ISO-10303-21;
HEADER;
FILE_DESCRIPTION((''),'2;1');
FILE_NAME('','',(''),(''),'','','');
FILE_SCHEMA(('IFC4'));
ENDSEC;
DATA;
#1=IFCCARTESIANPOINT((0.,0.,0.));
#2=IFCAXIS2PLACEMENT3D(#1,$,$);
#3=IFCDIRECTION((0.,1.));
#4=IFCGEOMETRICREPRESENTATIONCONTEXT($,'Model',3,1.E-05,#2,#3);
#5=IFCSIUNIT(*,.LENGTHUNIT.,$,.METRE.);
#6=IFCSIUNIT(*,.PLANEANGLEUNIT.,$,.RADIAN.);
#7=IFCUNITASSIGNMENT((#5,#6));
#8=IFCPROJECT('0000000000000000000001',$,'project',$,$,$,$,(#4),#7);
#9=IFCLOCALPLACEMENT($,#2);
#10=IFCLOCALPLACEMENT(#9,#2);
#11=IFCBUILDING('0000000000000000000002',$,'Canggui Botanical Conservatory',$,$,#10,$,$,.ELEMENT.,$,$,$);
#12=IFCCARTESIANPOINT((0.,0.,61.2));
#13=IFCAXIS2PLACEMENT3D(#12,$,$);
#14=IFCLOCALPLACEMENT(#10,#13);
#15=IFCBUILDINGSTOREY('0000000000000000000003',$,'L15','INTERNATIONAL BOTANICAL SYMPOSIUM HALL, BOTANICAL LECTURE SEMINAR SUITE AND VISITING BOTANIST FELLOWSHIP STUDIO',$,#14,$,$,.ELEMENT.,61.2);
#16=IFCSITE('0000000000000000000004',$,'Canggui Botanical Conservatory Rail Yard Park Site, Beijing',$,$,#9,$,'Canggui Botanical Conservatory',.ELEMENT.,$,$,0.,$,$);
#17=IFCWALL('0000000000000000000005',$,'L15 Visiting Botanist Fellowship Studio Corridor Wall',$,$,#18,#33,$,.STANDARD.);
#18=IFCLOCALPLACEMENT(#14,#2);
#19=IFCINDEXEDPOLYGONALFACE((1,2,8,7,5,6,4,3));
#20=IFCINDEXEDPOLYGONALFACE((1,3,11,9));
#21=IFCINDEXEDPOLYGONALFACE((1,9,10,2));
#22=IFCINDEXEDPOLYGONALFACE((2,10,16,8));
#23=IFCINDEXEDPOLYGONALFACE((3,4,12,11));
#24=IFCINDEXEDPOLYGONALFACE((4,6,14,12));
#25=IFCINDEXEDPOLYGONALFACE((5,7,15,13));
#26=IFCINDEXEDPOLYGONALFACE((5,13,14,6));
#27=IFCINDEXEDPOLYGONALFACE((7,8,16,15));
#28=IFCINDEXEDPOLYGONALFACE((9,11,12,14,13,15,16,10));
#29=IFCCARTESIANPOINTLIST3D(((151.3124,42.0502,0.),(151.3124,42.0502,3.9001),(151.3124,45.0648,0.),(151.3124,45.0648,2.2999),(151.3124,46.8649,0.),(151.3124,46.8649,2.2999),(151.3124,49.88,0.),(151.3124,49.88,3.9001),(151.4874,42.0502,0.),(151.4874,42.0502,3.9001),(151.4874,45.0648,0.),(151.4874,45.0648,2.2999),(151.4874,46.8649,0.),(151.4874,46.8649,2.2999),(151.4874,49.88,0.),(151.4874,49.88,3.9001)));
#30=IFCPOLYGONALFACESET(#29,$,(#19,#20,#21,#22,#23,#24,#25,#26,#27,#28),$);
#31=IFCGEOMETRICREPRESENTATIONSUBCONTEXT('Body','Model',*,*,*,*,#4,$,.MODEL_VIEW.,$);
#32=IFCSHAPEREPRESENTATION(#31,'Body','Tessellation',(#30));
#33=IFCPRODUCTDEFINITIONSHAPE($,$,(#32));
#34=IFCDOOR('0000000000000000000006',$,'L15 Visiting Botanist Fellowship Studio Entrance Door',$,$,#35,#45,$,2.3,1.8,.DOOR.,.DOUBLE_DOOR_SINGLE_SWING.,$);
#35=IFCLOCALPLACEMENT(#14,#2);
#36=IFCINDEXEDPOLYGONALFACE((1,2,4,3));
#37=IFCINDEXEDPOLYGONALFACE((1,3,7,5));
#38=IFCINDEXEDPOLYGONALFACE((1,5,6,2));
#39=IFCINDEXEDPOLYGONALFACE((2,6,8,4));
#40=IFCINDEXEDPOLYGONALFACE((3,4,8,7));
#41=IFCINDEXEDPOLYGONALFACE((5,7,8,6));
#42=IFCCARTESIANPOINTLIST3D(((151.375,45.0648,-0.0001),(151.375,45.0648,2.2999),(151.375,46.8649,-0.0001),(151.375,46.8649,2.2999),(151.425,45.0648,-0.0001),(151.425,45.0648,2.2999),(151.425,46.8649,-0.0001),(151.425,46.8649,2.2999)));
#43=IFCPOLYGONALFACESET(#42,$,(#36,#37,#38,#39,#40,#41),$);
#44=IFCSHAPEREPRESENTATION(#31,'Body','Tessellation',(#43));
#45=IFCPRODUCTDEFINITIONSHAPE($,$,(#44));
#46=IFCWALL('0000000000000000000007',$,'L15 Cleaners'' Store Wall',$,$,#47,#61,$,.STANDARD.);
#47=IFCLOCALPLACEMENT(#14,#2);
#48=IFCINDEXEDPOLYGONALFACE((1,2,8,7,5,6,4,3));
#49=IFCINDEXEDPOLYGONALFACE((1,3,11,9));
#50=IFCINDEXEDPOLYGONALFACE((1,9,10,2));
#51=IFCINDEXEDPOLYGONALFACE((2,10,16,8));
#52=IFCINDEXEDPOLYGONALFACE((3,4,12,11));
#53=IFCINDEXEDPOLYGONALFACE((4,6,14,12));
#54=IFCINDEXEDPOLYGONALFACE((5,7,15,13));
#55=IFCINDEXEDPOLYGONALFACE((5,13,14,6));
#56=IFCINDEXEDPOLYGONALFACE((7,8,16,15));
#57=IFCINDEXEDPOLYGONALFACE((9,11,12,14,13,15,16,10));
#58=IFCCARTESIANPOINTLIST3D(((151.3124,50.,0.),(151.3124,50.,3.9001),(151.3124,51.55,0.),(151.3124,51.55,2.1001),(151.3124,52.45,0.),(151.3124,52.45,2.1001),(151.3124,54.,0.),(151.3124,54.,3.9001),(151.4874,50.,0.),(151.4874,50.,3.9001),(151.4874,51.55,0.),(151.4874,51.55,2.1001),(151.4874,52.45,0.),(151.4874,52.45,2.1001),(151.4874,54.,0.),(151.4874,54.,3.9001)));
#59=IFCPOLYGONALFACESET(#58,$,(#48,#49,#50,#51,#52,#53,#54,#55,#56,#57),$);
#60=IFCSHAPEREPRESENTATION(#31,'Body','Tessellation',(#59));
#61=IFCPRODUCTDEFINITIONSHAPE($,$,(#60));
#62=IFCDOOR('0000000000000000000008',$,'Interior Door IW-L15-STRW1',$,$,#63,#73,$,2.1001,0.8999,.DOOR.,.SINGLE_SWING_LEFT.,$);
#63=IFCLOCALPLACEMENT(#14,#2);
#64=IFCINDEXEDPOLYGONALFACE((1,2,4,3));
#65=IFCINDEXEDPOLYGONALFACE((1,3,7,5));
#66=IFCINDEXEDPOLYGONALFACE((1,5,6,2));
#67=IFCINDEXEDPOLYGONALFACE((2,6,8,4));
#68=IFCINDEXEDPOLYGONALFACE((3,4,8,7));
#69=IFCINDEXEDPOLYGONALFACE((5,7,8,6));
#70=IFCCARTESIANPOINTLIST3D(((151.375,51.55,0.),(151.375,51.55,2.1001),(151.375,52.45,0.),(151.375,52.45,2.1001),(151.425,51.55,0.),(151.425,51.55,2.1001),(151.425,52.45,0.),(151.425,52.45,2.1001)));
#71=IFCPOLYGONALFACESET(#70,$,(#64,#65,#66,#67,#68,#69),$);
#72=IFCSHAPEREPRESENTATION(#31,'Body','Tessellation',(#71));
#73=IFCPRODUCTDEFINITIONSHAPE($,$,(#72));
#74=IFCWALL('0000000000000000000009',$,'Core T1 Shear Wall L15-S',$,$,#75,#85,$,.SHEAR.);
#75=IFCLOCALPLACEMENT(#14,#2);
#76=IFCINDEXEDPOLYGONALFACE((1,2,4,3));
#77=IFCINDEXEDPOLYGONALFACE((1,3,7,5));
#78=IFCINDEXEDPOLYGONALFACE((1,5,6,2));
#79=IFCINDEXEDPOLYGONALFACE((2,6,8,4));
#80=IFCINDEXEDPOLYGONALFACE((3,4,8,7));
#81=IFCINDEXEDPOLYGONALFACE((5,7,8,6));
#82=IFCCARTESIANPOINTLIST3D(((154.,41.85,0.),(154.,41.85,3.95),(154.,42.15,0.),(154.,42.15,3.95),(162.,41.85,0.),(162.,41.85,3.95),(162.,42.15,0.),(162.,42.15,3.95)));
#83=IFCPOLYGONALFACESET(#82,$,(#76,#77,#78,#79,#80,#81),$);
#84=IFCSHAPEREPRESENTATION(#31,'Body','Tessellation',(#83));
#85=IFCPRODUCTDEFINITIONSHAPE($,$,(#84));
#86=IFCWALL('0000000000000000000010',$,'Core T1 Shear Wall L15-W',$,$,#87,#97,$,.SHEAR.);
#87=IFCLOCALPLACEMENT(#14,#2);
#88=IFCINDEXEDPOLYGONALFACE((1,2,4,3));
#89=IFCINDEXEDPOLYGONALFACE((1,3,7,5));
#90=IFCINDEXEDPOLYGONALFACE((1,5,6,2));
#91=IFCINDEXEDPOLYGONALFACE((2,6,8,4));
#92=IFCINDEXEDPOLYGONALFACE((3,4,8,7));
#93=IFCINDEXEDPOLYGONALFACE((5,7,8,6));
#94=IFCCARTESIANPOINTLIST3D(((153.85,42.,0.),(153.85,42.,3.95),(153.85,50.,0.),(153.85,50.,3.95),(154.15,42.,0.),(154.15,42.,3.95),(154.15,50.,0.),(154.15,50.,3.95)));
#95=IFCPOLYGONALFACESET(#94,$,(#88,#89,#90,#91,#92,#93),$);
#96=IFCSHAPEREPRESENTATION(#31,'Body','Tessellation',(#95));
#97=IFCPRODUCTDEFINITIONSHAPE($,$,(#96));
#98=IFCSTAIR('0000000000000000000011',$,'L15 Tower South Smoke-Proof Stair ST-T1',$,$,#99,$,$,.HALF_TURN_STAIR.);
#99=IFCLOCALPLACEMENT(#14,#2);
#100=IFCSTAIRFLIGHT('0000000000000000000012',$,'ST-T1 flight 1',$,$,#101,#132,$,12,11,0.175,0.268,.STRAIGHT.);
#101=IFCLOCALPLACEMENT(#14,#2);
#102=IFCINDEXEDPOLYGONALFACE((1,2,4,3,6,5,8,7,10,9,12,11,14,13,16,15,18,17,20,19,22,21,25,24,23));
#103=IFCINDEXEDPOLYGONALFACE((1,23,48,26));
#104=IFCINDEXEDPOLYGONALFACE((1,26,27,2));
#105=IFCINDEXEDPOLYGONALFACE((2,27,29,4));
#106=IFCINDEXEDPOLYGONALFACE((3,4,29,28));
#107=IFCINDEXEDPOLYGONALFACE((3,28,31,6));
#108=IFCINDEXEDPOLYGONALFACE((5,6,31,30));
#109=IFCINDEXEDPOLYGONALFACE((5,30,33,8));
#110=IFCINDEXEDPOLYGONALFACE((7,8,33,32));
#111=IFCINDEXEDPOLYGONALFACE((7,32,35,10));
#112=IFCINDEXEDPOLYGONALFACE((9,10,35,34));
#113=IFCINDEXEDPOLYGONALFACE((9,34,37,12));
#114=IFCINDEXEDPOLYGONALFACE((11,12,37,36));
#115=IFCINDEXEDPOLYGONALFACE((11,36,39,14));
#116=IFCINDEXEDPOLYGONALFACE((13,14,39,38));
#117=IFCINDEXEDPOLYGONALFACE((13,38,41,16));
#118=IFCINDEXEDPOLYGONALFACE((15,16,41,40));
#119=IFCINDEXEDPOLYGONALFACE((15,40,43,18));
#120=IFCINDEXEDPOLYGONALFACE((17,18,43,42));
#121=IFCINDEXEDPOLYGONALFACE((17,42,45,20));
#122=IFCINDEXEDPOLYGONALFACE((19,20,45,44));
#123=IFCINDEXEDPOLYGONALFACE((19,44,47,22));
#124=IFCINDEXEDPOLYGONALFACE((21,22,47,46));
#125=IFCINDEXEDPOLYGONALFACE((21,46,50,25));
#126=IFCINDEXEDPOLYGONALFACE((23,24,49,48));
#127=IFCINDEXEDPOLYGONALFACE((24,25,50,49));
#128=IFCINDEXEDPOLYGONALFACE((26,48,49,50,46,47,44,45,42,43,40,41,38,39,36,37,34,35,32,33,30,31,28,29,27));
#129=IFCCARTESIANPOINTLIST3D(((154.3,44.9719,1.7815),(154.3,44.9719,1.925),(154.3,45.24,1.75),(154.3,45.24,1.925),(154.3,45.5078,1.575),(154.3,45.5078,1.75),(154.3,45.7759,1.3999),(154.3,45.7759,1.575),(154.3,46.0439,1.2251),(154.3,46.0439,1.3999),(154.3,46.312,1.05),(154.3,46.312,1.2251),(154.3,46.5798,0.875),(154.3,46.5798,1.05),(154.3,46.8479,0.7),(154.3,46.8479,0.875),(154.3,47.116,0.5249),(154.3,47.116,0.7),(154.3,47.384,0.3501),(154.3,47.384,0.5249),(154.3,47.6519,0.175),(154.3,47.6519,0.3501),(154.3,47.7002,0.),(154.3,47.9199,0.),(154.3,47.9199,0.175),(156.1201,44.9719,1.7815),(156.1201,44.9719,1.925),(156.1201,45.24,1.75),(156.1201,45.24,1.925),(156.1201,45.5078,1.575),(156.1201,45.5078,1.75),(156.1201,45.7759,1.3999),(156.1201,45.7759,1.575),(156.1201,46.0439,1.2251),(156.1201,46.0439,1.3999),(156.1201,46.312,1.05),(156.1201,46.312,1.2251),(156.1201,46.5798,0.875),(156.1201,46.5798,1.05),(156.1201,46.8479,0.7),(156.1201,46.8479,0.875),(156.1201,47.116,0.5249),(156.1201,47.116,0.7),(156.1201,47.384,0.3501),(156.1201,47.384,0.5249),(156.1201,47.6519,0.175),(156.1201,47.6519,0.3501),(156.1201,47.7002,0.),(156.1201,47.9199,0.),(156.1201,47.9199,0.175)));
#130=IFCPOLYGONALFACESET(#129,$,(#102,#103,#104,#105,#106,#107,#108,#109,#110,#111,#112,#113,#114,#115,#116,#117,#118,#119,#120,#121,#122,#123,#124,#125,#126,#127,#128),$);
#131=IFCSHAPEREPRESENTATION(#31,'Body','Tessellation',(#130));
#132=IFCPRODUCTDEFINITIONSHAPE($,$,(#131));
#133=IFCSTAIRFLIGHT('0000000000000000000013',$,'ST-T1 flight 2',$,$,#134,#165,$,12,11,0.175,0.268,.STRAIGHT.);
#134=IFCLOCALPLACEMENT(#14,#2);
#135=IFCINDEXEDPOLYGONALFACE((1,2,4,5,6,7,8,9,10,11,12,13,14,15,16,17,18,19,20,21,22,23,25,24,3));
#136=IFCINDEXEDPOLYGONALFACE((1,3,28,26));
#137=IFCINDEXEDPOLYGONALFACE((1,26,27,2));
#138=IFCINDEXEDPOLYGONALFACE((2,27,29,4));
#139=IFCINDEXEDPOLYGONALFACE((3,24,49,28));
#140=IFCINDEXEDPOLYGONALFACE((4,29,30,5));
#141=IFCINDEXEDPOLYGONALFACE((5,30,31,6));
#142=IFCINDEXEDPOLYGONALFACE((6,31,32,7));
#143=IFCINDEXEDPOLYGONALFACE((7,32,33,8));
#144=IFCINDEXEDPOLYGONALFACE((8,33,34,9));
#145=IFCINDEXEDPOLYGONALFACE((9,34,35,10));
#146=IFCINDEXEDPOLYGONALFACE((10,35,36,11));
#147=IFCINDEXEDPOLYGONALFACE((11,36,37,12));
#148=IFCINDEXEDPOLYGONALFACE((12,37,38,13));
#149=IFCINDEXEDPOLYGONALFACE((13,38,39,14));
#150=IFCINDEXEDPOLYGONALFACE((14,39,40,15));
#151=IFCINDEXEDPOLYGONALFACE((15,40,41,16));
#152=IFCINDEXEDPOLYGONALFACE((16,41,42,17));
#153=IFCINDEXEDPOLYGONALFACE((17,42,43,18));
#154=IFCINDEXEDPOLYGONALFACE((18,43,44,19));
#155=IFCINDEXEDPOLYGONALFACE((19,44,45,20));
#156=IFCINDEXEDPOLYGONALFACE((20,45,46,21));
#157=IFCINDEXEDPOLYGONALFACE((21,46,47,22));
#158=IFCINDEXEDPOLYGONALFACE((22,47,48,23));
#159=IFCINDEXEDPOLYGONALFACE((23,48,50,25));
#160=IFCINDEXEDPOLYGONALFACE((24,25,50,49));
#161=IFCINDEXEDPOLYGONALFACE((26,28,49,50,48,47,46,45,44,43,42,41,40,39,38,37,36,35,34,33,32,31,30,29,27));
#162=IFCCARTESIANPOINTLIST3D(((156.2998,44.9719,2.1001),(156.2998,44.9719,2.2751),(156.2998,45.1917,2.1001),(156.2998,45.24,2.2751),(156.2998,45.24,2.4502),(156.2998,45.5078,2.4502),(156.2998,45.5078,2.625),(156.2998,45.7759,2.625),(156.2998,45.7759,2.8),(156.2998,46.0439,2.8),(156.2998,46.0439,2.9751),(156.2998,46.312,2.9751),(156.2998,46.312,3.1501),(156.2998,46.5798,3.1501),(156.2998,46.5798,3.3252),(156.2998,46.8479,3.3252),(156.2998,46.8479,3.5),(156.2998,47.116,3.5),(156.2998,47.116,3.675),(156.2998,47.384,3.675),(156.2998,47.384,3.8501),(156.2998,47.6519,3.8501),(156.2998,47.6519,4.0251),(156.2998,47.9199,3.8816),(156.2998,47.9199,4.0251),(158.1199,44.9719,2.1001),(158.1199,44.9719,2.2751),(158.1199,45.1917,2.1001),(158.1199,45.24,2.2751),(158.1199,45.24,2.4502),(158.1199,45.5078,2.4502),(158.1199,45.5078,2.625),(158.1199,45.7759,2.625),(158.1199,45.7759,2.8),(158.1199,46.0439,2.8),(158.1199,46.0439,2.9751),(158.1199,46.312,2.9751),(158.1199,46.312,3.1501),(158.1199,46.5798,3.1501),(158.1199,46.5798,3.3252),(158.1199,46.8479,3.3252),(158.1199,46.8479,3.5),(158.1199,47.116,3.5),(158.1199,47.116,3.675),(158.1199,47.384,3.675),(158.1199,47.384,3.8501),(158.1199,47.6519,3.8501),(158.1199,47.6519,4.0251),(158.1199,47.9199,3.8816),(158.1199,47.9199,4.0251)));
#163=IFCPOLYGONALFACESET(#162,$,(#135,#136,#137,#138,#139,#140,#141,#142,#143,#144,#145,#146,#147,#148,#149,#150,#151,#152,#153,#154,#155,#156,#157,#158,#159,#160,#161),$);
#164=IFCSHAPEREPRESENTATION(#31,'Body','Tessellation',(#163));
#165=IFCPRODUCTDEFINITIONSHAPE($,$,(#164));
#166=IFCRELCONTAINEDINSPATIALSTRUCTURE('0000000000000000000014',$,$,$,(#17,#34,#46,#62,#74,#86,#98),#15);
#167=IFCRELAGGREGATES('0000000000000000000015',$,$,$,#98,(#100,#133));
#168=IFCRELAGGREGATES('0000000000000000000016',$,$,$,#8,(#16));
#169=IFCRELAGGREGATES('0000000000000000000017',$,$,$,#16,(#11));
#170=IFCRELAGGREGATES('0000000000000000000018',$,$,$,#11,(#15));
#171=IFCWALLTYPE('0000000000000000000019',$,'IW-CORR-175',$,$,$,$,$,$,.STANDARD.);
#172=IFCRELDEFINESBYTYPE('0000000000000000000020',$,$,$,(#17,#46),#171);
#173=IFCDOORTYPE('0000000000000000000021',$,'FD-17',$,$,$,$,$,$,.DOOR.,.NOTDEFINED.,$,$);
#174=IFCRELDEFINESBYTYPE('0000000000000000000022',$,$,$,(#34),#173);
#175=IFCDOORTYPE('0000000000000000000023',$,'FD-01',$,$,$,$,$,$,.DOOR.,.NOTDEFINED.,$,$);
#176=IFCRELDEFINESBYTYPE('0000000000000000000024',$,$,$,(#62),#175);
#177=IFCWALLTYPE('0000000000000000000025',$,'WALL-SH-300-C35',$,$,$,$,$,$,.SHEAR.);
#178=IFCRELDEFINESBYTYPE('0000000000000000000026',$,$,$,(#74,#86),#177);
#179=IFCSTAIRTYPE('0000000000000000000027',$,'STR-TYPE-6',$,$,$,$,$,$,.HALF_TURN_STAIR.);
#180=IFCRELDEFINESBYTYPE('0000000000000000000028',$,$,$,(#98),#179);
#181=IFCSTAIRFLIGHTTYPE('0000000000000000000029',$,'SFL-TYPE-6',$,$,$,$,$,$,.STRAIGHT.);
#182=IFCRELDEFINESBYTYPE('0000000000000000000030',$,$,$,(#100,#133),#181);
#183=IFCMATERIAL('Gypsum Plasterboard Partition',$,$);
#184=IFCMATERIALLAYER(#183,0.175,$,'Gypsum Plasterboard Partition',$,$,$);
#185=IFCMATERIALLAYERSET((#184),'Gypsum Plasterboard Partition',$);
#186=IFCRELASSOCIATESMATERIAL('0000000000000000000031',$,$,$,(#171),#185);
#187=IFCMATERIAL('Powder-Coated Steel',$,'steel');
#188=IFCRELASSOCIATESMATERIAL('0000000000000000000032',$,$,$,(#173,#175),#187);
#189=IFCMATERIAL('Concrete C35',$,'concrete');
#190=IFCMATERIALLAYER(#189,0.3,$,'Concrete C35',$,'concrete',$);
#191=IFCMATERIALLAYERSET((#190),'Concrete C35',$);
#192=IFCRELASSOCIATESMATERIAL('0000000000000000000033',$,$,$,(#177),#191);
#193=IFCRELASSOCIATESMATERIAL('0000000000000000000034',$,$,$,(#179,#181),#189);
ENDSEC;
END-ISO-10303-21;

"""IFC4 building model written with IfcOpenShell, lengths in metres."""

from ifc_helpers import new_model, si_unit, direction, frame, frame_2d, origin, place, context, subcontext, project, spatial, polyline, rectangle, outline, extrude, material, layer, layer_set, type_object, element, fill, aggregate, save


model = new_model("IFC4")

# Units and contexts
model_context = context("Model", 3, precision=1e-05, world=origin(), true_north=direction((0.0, 1.0)))
body_context = subcontext(model_context, "Body", "Model", "MODEL_VIEW")
ifc_project = project(units=[si_unit("LENGTHUNIT", "METRE"), si_unit("PLANEANGLEUNIT", "RADIAN")], contexts=[model_context])

# Site, building, storey
site_placement = place(None, origin())
site = spatial("IfcSite", under=ifc_project, at=site_placement, Name="Canggui Botanical Conservatory Rail Yard Park Site, Beijing", LongName="Canggui Botanical Conservatory", CompositionType="ELEMENT", RefElevation=0.0)
building_placement = place(site_placement, origin())
building = spatial("IfcBuilding", under=site, at=building_placement, Name="Canggui Botanical Conservatory", CompositionType="ELEMENT")
storey_placement = place(building_placement, frame((0.0, 0.0, 61.2)))
storey = spatial("IfcBuildingStorey", under=building, at=storey_placement, Name="L15", Description="INTERNATIONAL BOTANICAL SYMPOSIUM HALL, BOTANICAL LECTURE SEMINAR SUITE AND VISITING BOTANIST FELLOWSHIP STUDIO", CompositionType="ELEMENT", Elevation=61.2)

# Shared definitions
ifc_material_1 = material(Name="Concrete C35", Category="concrete")

# Walls, openings, doors
ifc_material_2 = material(Name="Gypsum Plasterboard Partition")
ifc_layer_1 = layer(ifc_material_2, 0.175, Name="Gypsum Plasterboard Partition")
ifc_layer_set_1 = layer_set([ifc_layer_1], Name="Gypsum Plasterboard Partition")
wall_type_1 = type_object("IfcWallType", Name="IW-CORR-175", PredefinedType="STANDARD", material=ifc_layer_set_1)
wall_1_placement = place(storey_placement, frame((151.3999, 42.05, 0.0), z_axis=(0.0, 0.0, 1.0), x_axis=(0.0, 1.0, 0.0)))
wall_1 = element("IfcWall", 1, at=wall_1_placement, inside=storey, type_object=wall_type_1, Name="L15 Visiting Botanist Fellowship Studio Corridor Wall", PredefinedType="STANDARD", context=body_context, shape_type="SweptSolid", body=[
    extrude(rectangle(XDim=7.8298, YDim=0.175, at=frame_2d((3.915, 0.0))), origin(), (0.0, 0.0, 1.0), 3.9001),
])
opening_1_placement = place(wall_1_placement, frame((3.0149, 0.0, 0.0)))
opening_1 = element("IfcOpeningElement", 2, at=opening_1_placement, cuts=wall_1, PredefinedType="OPENING", context=body_context, shape_type="SweptSolid", body=[
    extrude(rectangle(XDim=1.8, YDim=2.3, at=frame_2d((0.8999, 1.1499))), frame((0.0, 0.0977, 0.0), z_axis=(0.0, -1.0, 0.0), x_axis=(1.0, 0.0, 0.0)), (0.0, 0.0, 1.0), 0.1951),
])
ifc_material_3 = material(Name="Powder-Coated Steel", Category="steel")
door_type_1 = type_object("IfcDoorType", Name="FD-17", OperationType="NOTDEFINED", PredefinedType="DOOR", material=ifc_material_3)
door_1_placement = place(opening_1_placement, origin())
door_1 = element("IfcDoor", 3, at=door_1_placement, inside=storey, type_object=door_type_1, Name="L15 Visiting Botanist Fellowship Studio Entrance Door", OperationType="DOUBLE_DOOR_SINGLE_SWING", OverallHeight=2.3, OverallWidth=1.8, PredefinedType="DOOR", context=body_context, shape_type="SweptSolid", body=[
    extrude(rectangle(XDim=1.8, YDim=2.3, at=frame_2d((0.8999, 1.1499))), frame((0.0, 0.0249, 0.0), z_axis=(0.0, -1.0, 0.0), x_axis=(1.0, 0.0, 0.0)), (0.0, 0.0, 1.0), 0.05),
])
fill(opening_1, door_1)
wall_2_placement = place(storey_placement, frame((151.3999, 50.0, 0.0), z_axis=(0.0, 0.0, 1.0), x_axis=(0.0, 1.0, 0.0)))
wall_2 = element("IfcWall", 4, at=wall_2_placement, inside=storey, type_object=wall_type_1, Name="L15 Cleaners' Store Wall", PredefinedType="STANDARD", context=body_context, shape_type="SweptSolid", body=[
    extrude(rectangle(XDim=4.0, YDim=0.175, at=frame_2d((2.0, 0.0))), origin(), (0.0, 0.0, 1.0), 3.9001),
])
opening_2_placement = place(wall_2_placement, frame((1.55, 0.0, 0.0)))
opening_2 = element("IfcOpeningElement", 5, at=opening_2_placement, cuts=wall_2, PredefinedType="OPENING", context=body_context, shape_type="SweptSolid", body=[
    extrude(rectangle(XDim=0.8999, YDim=2.1001, at=frame_2d((0.45, 1.05))), frame((0.0, 0.0977, 0.0), z_axis=(0.0, -1.0, 0.0), x_axis=(1.0, 0.0, 0.0)), (0.0, 0.0, 1.0), 0.1951),
])
door_type_2 = type_object("IfcDoorType", Name="FD-01", OperationType="NOTDEFINED", PredefinedType="DOOR", material=ifc_material_3)
door_2_placement = place(opening_2_placement, origin())
door_2 = element("IfcDoor", 6, at=door_2_placement, inside=storey, type_object=door_type_2, Name="Interior Door IW-L15-STRW1", OperationType="SINGLE_SWING_LEFT", OverallHeight=2.1001, OverallWidth=0.8999, PredefinedType="DOOR", context=body_context, shape_type="SweptSolid", body=[
    extrude(rectangle(XDim=0.8999, YDim=2.1001, at=frame_2d((0.45, 1.05))), frame((0.0, 0.0249, 0.0), z_axis=(0.0, -1.0, 0.0), x_axis=(1.0, 0.0, 0.0)), (0.0, 0.0, 1.0), 0.05),
])
fill(opening_2, door_2)

# Walls
ifc_layer_2 = layer(ifc_material_1, 0.3, Name="Concrete C35", Category="concrete")
ifc_layer_set_2 = layer_set([ifc_layer_2], Name="Concrete C35")
wall_type_2 = type_object("IfcWallType", Name="WALL-SH-300-C35", PredefinedType="SHEAR", material=ifc_layer_set_2)
for number, where, z_axis, x_axis, name in (
    (7, (154.0, 42.0, 0.0), (0.0, 0.0, 1.0), (1.0, 0.0, 0.0), "Core T1 Shear Wall L15-S"),
    (8, (154.0, 50.0, 0.0), (0.0, 0.0, 1.0), (0.0, -1.0, 0.0), "Core T1 Shear Wall L15-W"),
):
    element("IfcWall", number, at=place(storey_placement, frame(where, z_axis=z_axis, x_axis=x_axis)), inside=storey, type_object=wall_type_2, Name=name, PredefinedType="SHEAR", context=body_context, shape_type="SweptSolid", body=[
        extrude(rectangle(XDim=8.0, YDim=0.3, at=frame_2d((4.0, 0.0))), origin(), (0.0, 0.0, 1.0), 3.95),
    ])

# Stair, stair flights
stair_type = type_object("IfcStairType", Name="STR-TYPE-6", PredefinedType="HALF_TURN_STAIR", material=ifc_material_1)
stair_placement = place(storey_placement, origin())
stair = element("IfcStair", 9, at=stair_placement, inside=storey, type_object=stair_type, Name="L15 Tower South Smoke-Proof Stair ST-T1", PredefinedType="HALF_TURN_STAIR")
stair_flight_type = type_object("IfcStairFlightType", Name="SFL-TYPE-6", PredefinedType="STRAIGHT", material=ifc_material_1)
stair_flight_1_placement = place(storey_placement, frame((155.21, 47.9199, 0.0), z_axis=(0.0, 0.0, 1.0), x_axis=(0.0, -1.0, 0.0)))
stair_flight_1 = element("IfcStairFlight", 10, at=stair_flight_1_placement, type_object=stair_flight_type, Name="ST-T1 flight 1", NumberOfRisers=12, NumberOfTreads=11, PredefinedType="STRAIGHT", RiserHeight=0.175, TreadLength=0.268, context=body_context, shape_type="SweptSolid", body=[
    extrude(outline(polyline([(0.0, 0.0), (0.0, 0.175), (0.2681, 0.175), (0.2681, 0.3501), (0.5359, 0.3501), (0.5359, 0.5249), (0.804, 0.5249), (0.804, 0.7), (1.072, 0.7), (1.072, 0.875), (1.3401, 0.875), (1.3401, 1.05), (1.6079, 1.05), (1.6079, 1.2251), (1.876, 1.2251), (1.876, 1.3999), (2.144, 1.3999), (2.144, 1.575), (2.4121, 1.575), (2.4121, 1.75), (2.6799, 1.75), (2.6799, 1.925), (2.948, 1.925), (2.948, 2.1001), (2.948, 1.7815), (0.2197, 0.0), (0.0, 0.0)])), frame((0.0, 0.9102, 0.0), z_axis=(0.0, -1.0, 0.0), x_axis=(1.0, 0.0, 0.0)), (0.0, 0.0, 1.0), 1.8201),
])
stair_flight_2_placement = place(storey_placement, frame((157.21, 44.9719, 2.1001), z_axis=(0.0, 0.0, 1.0), x_axis=(0.0, 1.0, 0.0)))
stair_flight_2 = element("IfcStairFlight", 11, at=stair_flight_2_placement, type_object=stair_flight_type, Name="ST-T1 flight 2", NumberOfRisers=12, NumberOfTreads=11, PredefinedType="STRAIGHT", RiserHeight=0.175, TreadLength=0.268, context=body_context, shape_type="SweptSolid", body=[
    extrude(outline(polyline([(0.0, 0.0), (0.0, 0.175), (0.2681, 0.175), (0.2681, 0.3501), (0.5359, 0.3501), (0.5359, 0.5249), (0.804, 0.5249), (0.804, 0.7), (1.072, 0.7), (1.072, 0.875), (1.3401, 0.875), (1.3401, 1.05), (1.6079, 1.05), (1.6079, 1.2251), (1.876, 1.2251), (1.876, 1.3999), (2.144, 1.3999), (2.144, 1.575), (2.4121, 1.575), (2.4121, 1.75), (2.6799, 1.75), (2.6799, 1.925), (2.948, 1.925), (2.948, 2.1001), (2.948, 1.7815), (0.2197, 0.0), (0.0, 0.0)])), frame((0.0, 0.9102, 0.0), z_axis=(0.0, -1.0, 0.0), x_axis=(1.0, 0.0, 0.0)), (0.0, 0.0, 1.0), 1.8201),
])
aggregate(stair, [stair_flight_1, stair_flight_2])

save(model, "model.ifc")
